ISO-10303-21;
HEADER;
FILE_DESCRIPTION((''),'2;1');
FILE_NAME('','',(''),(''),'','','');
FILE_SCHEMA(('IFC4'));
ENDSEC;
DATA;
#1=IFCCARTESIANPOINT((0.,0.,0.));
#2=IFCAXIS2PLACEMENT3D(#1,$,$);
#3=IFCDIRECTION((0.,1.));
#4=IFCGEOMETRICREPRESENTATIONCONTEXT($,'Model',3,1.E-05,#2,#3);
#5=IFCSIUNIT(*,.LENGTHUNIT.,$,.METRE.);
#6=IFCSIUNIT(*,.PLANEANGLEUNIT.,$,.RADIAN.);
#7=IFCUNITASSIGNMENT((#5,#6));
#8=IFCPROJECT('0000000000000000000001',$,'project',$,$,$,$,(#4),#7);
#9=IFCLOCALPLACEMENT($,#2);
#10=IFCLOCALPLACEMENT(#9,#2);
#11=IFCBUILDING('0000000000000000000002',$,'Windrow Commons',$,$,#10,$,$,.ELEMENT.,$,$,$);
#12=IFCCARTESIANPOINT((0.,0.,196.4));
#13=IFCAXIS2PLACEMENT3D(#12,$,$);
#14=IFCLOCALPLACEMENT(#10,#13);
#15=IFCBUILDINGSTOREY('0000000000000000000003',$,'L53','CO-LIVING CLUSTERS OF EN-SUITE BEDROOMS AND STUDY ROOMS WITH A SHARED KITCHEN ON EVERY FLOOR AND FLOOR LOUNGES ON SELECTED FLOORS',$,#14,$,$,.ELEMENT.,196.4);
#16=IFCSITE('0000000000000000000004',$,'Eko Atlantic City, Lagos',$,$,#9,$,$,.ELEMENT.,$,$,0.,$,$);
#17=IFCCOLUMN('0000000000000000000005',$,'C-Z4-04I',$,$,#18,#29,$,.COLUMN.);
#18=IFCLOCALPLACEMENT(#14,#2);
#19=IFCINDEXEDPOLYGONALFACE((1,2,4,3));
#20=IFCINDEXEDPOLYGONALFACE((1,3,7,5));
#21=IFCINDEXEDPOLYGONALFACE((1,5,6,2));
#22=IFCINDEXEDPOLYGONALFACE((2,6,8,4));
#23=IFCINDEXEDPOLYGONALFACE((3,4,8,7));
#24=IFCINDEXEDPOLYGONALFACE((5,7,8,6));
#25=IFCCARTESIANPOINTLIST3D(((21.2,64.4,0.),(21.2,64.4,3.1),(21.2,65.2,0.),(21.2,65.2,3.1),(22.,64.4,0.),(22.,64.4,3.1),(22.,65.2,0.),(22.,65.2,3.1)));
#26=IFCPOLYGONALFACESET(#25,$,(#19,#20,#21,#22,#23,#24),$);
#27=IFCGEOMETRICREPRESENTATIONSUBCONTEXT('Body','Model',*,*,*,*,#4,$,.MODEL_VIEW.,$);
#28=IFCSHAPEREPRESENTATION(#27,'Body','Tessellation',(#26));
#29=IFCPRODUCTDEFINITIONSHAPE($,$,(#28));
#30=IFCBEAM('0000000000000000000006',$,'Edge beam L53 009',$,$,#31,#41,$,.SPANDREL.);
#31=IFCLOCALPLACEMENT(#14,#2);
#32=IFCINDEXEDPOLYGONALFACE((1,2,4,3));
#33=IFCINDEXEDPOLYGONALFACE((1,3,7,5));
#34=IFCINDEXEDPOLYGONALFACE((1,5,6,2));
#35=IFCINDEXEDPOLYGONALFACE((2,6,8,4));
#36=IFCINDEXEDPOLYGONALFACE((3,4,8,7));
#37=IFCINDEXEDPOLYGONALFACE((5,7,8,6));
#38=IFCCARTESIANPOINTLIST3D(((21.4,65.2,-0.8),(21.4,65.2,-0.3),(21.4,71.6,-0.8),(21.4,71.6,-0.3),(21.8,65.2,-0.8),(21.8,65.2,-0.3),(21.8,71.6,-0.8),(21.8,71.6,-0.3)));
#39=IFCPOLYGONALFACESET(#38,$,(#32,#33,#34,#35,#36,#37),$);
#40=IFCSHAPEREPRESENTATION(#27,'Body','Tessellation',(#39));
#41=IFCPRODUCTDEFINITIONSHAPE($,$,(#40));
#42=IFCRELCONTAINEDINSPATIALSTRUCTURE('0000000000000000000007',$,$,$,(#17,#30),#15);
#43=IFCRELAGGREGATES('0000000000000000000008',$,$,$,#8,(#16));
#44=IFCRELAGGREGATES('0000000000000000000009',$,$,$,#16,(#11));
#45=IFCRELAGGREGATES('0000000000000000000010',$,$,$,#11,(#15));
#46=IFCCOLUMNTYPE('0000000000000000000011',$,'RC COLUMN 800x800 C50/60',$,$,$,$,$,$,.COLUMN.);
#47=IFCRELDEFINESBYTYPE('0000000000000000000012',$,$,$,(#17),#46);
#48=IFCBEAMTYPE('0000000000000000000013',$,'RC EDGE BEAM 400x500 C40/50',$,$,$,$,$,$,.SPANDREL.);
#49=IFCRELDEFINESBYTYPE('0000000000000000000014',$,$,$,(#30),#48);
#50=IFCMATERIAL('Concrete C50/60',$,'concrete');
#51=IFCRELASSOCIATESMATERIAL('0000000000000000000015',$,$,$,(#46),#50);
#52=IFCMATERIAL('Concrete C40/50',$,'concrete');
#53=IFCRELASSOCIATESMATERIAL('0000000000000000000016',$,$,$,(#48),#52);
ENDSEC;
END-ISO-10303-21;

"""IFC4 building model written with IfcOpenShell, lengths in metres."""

from ifc_helpers import new_model, si_unit, direction, frame, origin, origin_2d, place, context, subcontext, project, spatial, rectangle, extrude, material, material_profile, profile_set, type_object, element, save


model = new_model("IFC4")

# Units and contexts
model_context = context("Model", 3, precision=1e-05, world=origin(), true_north=direction((0.0, 1.0)))
body_context = subcontext(model_context, "Body", "Model", "MODEL_VIEW")
ifc_project = project(units=[si_unit("LENGTHUNIT", "METRE"), si_unit("PLANEANGLEUNIT", "RADIAN")], contexts=[model_context])

# Site, building, storey
site_placement = place(None, origin())
site = spatial("IfcSite", under=ifc_project, at=site_placement, Name="Eko Atlantic City, Lagos", CompositionType="ELEMENT", RefElevation=0.0)
building_placement = place(site_placement, origin())
building = spatial("IfcBuilding", under=site, at=building_placement, Name="Windrow Commons", CompositionType="ELEMENT")
storey_placement = place(building_placement, frame((0.0, 0.0, 196.4)))
storey = spatial("IfcBuildingStorey", under=building, at=storey_placement, Name="L53", Description="CO-LIVING CLUSTERS OF EN-SUITE BEDROOMS AND STUDY ROOMS WITH A SHARED KITCHEN ON EVERY FLOOR AND FLOOR LOUNGES ON SELECTED FLOORS", CompositionType="ELEMENT", Elevation=196.4)

# Column
ifc_material_1 = material(Name="Concrete C50/60", Category="concrete")
ifc_material_profile_1 = material_profile(ifc_material_1, rectangle(XDim=0.8, YDim=0.8, at=origin_2d()))
ifc_profile_set_1 = profile_set([ifc_material_profile_1], Name="Concrete C50/60")
column_type = type_object("IfcColumnType", Name="RC COLUMN 800x800 C50/60", PredefinedType="COLUMN", material=ifc_profile_set_1)
column_placement = place(storey_placement, frame((21.6, 64.8, 0.0), z_axis=(0.0, 0.0, 1.0), x_axis=(1.0, 0.0, 0.0)))
element("IfcColumn", 1, at=column_placement, inside=storey, type_object=column_type, Name="C-Z4-04I", PredefinedType="COLUMN", context=body_context, shape_type="SweptSolid", body=[
    extrude(rectangle(XDim=0.8, YDim=0.8, at=origin_2d()), origin(), (0.0, 0.0, 1.0), 3.1),
])

# Beam
ifc_material_2 = material(Name="Concrete C40/50", Category="concrete")
ifc_material_profile_2 = material_profile(ifc_material_2, rectangle(XDim=0.4, YDim=0.5, at=origin_2d()))
ifc_profile_set_2 = profile_set([ifc_material_profile_2], Name="Concrete C40/50")
beam_type = type_object("IfcBeamType", Name="RC EDGE BEAM 400x500 C40/50", PredefinedType="SPANDREL", material=ifc_profile_set_2)
beam_placement = place(storey_placement, frame((21.6, 65.2, -0.55), z_axis=(0.0, 1.0, 0.0), x_axis=(-1.0, 0.0, 0.0)))
element("IfcBeam", 2, at=beam_placement, inside=storey, type_object=beam_type, Name="Edge beam L53 009", PredefinedType="SPANDREL", context=body_context, shape_type="SweptSolid", body=[
    extrude(rectangle(XDim=0.4, YDim=0.5, at=origin_2d()), origin(), (0.0, 0.0, 1.0), 6.4),
])

save(model, "model.ifc")
